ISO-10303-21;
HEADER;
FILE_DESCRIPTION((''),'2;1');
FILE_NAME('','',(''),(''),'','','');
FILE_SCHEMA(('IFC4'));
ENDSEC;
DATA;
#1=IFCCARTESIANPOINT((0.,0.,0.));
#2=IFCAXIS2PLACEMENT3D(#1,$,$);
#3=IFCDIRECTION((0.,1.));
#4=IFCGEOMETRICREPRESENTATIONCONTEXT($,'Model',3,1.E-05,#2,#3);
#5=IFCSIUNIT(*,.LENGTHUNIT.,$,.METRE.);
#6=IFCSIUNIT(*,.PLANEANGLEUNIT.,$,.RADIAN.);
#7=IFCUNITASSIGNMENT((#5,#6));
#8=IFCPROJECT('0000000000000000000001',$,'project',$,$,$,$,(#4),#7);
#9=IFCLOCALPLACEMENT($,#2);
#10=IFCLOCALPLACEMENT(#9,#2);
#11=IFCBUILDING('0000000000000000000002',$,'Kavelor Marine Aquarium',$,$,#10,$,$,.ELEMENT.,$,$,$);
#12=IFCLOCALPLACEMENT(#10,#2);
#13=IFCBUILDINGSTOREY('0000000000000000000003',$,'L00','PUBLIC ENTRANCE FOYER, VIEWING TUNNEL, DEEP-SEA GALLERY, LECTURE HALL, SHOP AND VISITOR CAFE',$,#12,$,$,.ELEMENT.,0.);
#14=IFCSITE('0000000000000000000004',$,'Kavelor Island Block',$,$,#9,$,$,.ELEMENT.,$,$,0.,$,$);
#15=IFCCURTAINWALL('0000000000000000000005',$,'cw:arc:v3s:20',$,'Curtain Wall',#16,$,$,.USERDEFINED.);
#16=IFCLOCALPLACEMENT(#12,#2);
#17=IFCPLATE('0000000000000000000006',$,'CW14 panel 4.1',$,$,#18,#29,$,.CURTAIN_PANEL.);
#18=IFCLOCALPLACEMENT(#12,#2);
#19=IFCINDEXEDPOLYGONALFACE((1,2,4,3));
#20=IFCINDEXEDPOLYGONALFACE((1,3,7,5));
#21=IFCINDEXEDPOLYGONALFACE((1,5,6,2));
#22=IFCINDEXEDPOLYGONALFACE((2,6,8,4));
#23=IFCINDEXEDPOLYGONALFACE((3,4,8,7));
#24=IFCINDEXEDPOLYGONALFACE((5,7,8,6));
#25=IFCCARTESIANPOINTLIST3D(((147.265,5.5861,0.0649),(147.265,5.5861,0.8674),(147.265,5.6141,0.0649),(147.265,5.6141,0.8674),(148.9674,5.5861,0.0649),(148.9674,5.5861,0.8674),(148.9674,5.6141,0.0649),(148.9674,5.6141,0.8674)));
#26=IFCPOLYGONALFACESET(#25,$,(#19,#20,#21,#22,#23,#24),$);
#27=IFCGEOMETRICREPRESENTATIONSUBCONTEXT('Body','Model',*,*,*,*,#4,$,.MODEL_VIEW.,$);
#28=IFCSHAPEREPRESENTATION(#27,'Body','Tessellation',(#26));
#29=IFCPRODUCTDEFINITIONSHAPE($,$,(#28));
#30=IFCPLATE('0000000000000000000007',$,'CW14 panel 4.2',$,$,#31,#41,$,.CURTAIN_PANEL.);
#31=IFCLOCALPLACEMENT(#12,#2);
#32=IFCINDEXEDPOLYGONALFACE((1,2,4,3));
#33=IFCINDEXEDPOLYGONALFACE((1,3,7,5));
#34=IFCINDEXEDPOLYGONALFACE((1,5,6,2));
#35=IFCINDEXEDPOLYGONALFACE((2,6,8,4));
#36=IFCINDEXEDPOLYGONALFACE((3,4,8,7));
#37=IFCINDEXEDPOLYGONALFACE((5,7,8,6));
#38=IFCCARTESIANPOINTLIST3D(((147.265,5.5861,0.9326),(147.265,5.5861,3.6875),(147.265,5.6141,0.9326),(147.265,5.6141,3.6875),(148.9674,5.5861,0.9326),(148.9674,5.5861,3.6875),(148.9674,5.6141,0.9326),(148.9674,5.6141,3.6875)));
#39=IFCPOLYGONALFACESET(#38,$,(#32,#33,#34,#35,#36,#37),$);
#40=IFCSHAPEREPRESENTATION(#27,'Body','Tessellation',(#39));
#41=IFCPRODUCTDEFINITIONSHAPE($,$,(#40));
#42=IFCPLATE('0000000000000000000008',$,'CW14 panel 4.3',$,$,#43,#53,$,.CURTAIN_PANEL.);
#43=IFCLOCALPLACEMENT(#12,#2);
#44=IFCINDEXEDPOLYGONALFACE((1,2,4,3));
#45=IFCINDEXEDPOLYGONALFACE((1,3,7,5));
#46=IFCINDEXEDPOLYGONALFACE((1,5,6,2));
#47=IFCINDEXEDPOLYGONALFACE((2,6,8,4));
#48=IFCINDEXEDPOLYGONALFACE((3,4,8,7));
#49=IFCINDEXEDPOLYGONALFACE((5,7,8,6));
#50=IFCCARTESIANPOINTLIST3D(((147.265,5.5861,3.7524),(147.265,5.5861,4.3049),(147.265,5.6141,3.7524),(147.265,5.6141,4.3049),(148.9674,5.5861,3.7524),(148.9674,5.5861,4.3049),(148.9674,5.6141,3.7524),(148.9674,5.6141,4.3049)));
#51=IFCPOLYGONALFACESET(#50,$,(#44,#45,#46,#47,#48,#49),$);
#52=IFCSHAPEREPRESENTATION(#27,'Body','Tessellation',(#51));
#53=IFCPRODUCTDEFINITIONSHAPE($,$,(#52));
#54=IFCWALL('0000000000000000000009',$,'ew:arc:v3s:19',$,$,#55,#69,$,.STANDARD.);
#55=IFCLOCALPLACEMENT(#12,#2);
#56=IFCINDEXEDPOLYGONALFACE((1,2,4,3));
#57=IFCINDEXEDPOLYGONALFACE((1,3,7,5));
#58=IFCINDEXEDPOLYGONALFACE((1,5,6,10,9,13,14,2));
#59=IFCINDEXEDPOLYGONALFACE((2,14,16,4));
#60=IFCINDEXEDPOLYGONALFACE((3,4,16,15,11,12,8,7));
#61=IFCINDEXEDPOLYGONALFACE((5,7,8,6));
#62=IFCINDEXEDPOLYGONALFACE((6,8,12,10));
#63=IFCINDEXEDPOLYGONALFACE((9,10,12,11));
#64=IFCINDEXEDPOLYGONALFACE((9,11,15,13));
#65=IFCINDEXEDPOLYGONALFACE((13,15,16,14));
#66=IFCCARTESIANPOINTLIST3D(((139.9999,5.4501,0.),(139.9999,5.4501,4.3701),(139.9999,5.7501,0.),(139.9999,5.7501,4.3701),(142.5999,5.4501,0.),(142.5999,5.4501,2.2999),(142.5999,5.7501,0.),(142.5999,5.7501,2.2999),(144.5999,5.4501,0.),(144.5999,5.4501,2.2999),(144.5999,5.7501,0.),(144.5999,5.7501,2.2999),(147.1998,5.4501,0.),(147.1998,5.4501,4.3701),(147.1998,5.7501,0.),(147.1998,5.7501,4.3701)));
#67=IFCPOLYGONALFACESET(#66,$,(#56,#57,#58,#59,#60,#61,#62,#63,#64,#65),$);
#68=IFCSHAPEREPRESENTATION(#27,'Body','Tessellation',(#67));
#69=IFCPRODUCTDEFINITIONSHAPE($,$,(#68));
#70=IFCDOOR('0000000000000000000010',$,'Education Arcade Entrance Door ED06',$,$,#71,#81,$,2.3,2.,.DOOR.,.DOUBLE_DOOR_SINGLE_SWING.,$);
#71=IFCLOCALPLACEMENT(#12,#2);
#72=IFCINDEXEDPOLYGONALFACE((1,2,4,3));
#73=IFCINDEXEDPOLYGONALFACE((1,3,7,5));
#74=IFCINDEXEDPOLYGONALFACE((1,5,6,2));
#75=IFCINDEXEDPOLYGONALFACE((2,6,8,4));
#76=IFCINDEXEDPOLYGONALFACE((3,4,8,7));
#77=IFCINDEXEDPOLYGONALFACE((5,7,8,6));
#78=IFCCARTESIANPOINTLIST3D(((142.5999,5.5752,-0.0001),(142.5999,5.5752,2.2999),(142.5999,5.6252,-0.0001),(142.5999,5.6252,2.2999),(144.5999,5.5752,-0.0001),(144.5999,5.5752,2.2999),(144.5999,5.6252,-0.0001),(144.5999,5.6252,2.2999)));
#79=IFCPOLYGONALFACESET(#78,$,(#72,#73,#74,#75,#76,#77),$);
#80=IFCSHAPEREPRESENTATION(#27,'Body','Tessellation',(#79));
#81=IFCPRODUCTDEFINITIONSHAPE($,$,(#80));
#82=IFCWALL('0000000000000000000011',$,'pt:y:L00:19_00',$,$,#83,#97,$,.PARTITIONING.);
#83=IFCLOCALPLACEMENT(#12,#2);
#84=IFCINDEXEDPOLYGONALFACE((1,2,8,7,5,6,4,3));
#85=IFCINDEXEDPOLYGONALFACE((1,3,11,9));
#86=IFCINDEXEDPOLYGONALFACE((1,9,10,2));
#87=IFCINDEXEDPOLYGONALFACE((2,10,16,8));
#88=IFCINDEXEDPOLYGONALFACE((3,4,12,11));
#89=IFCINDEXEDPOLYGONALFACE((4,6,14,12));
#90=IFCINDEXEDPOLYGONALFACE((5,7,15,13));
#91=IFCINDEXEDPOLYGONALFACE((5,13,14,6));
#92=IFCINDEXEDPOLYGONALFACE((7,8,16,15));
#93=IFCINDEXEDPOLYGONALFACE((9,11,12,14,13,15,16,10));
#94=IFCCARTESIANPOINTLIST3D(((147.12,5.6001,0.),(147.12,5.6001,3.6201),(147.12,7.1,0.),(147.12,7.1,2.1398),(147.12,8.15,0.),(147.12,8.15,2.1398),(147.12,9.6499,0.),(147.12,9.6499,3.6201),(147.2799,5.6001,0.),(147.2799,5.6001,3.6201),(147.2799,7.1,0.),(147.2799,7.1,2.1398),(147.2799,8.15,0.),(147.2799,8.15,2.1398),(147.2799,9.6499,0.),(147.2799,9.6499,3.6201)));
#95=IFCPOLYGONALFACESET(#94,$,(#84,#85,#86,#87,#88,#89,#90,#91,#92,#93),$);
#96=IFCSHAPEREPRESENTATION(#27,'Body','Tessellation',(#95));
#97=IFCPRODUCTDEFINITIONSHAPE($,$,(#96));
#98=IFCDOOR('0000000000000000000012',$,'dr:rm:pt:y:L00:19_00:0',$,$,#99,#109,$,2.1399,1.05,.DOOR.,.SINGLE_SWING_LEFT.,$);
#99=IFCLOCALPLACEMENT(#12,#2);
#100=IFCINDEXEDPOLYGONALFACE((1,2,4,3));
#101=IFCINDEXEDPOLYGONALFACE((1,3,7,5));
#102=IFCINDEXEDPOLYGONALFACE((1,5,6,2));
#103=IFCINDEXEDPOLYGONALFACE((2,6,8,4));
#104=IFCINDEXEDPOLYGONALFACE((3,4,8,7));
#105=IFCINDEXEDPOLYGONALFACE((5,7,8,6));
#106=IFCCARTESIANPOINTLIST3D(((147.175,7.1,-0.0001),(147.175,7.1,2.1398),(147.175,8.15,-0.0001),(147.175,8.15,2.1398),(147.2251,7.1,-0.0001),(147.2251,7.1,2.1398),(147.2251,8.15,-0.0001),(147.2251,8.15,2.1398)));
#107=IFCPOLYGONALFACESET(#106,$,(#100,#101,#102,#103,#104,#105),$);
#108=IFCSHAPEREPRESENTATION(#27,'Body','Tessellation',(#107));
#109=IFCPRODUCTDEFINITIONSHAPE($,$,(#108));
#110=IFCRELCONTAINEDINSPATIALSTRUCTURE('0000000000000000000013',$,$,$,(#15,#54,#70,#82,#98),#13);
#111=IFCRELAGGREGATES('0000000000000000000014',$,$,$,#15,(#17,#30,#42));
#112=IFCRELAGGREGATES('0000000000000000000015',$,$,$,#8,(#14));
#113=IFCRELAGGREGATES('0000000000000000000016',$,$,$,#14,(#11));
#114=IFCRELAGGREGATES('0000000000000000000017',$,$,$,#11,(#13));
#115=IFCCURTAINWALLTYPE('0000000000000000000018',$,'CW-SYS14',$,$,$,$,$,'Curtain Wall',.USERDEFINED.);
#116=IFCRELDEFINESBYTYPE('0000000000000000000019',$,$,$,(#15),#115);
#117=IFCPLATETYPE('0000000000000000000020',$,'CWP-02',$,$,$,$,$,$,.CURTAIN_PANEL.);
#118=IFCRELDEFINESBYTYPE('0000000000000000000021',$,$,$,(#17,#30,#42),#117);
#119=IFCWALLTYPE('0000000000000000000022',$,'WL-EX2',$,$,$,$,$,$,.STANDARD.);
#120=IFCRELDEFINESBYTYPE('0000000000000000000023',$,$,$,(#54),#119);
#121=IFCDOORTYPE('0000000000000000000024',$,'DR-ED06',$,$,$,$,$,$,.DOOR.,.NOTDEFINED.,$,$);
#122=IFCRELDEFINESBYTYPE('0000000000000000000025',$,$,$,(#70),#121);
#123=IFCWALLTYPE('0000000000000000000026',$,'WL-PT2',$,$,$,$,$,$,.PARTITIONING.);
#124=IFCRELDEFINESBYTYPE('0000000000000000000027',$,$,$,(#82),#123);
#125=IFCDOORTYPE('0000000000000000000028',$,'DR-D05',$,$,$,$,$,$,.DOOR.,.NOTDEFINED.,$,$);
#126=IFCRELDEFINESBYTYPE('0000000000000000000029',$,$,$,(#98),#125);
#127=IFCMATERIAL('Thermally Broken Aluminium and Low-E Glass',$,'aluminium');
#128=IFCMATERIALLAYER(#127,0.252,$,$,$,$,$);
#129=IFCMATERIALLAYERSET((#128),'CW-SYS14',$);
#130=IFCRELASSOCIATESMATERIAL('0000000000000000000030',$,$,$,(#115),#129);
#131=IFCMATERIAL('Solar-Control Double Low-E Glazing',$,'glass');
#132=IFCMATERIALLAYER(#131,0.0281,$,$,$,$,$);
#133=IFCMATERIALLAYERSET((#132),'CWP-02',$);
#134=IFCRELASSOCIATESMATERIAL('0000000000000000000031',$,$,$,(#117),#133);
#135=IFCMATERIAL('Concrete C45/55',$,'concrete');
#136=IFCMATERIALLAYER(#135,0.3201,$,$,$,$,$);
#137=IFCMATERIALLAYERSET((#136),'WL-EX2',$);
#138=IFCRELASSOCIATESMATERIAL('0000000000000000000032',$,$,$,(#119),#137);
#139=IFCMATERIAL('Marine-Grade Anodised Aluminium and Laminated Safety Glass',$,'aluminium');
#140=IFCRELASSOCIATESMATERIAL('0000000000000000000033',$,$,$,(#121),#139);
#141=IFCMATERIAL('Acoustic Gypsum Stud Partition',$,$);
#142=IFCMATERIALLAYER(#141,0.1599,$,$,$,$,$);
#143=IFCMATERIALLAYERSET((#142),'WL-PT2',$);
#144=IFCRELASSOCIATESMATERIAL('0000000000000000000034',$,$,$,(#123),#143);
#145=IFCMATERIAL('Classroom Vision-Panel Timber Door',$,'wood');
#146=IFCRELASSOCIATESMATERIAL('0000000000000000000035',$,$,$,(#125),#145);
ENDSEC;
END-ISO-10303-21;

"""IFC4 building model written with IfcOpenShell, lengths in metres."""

from ifc_helpers import new_model, si_unit, direction, frame, frame_2d, origin, origin_2d, place, context, subcontext, project, spatial, rectangle, extrude, material, layer, layer_set, type_object, element, fill, aggregate, save


model = new_model("IFC4")

# Units and contexts
model_context = context("Model", 3, precision=1e-05, world=origin(), true_north=direction((0.0, 1.0)))
body_context = subcontext(model_context, "Body", "Model", "MODEL_VIEW")
ifc_project = project(units=[si_unit("LENGTHUNIT", "METRE"), si_unit("PLANEANGLEUNIT", "RADIAN")], contexts=[model_context])

# Site, building, storey
site_placement = place(None, origin())
site = spatial("IfcSite", under=ifc_project, at=site_placement, Name="Kavelor Island Block", CompositionType="ELEMENT", RefElevation=0.0)
building_placement = place(site_placement, origin())
building = spatial("IfcBuilding", under=site, at=building_placement, Name="Kavelor Marine Aquarium", CompositionType="ELEMENT")
storey_placement = place(building_placement, origin())
storey = spatial("IfcBuildingStorey", under=building, at=storey_placement, Name="L00", Description="PUBLIC ENTRANCE FOYER, VIEWING TUNNEL, DEEP-SEA GALLERY, LECTURE HALL, SHOP AND VISITOR CAFE", CompositionType="ELEMENT", Elevation=0.0)

# Curtain wall, plates
ifc_material_1 = material(Name="Thermally Broken Aluminium and Low-E Glass", Category="aluminium")
ifc_layer_1 = layer(ifc_material_1, 0.252)
ifc_layer_set_1 = layer_set([ifc_layer_1], Name="CW-SYS14")
curtain_wall_type = type_object("IfcCurtainWallType", Name="CW-SYS14", ElementType="Curtain Wall", PredefinedType="USERDEFINED", material=ifc_layer_set_1)
curtain_wall_placement = place(storey_placement, origin())
curtain_wall = element("IfcCurtainWall", 1, at=curtain_wall_placement, inside=storey, type_object=curtain_wall_type, Name="cw:arc:v3s:20", ObjectType="Curtain Wall", PredefinedType="USERDEFINED")
ifc_material_2 = material(Name="Solar-Control Double Low-E Glazing", Category="glass")
ifc_layer_2 = layer(ifc_material_2, 0.0281)
ifc_layer_set_2 = layer_set([ifc_layer_2], Name="CWP-02")
plate_type = type_object("IfcPlateType", Name="CWP-02", PredefinedType="CURTAIN_PANEL", material=ifc_layer_set_2)
plate_1_placement = place(storey_placement, frame((148.1162, 5.6001, 0.0649), z_axis=(0.0, 0.0, 1.0), x_axis=(-1.0, 0.0, 0.0)))
plate_1 = element("IfcPlate", 2, at=plate_1_placement, type_object=plate_type, Name="CW14 panel 4.1", PredefinedType="CURTAIN_PANEL", context=body_context, shape_type="SweptSolid", body=[
    extrude(rectangle(XDim=1.7024, YDim=0.0281, at=origin_2d()), origin(), (0.0, 0.0, 1.0), 0.8025),
])
plate_2_placement = place(storey_placement, frame((148.1162, 5.6001, 0.9326), z_axis=(0.0, 0.0, 1.0), x_axis=(-1.0, 0.0, 0.0)))
plate_2 = element("IfcPlate", 3, at=plate_2_placement, type_object=plate_type, Name="CW14 panel 4.2", PredefinedType="CURTAIN_PANEL", context=body_context, shape_type="SweptSolid", body=[
    extrude(rectangle(XDim=1.7024, YDim=0.0281, at=origin_2d()), origin(), (0.0, 0.0, 1.0), 2.7549),
])
plate_3_placement = place(storey_placement, frame((148.1162, 5.6001, 3.7524), z_axis=(0.0, 0.0, 1.0), x_axis=(-1.0, 0.0, 0.0)))
plate_3 = element("IfcPlate", 4, at=plate_3_placement, type_object=plate_type, Name="CW14 panel 4.3", PredefinedType="CURTAIN_PANEL", context=body_context, shape_type="SweptSolid", body=[
    extrude(rectangle(XDim=1.7024, YDim=0.0281, at=origin_2d()), origin(), (0.0, 0.0, 1.0), 0.5525),
])
aggregate(curtain_wall, [plate_1, plate_2, plate_3])

# Walls, openings, doors
ifc_material_3 = material(Name="Concrete C45/55", Category="concrete")
ifc_layer_3 = layer(ifc_material_3, 0.3201)
ifc_layer_set_3 = layer_set([ifc_layer_3], Name="WL-EX2")
wall_type_1 = type_object("IfcWallType", Name="WL-EX2", PredefinedType="STANDARD", material=ifc_layer_set_3)
wall_1_placement = place(storey_placement, frame((147.2, 5.6001, 0.0), z_axis=(0.0, 0.0, 1.0), x_axis=(-1.0, 0.0, 0.0)))
wall_1 = element("IfcWall", 5, at=wall_1_placement, inside=storey, type_object=wall_type_1, Name="ew:arc:v3s:19", PredefinedType="STANDARD", context=body_context, shape_type="SweptSolid", body=[
    extrude(rectangle(XDim=7.2, YDim=0.3, at=frame_2d((3.6001, 0.0))), origin(), (0.0, 0.0, 1.0), 4.3701),
])
opening_1_placement = place(wall_1_placement, frame((2.6001, 0.0, 0.0)))
opening_1 = element("IfcOpeningElement", 6, at=opening_1_placement, cuts=wall_1, PredefinedType="OPENING", context=body_context, shape_type="SweptSolid", body=[
    extrude(rectangle(XDim=2.0, YDim=2.3, at=frame_2d((1.0, 1.1499))), frame((0.0, 0.1599, 0.0), z_axis=(0.0, -1.0, 0.0), x_axis=(1.0, 0.0, 0.0)), (0.0, 0.0, 1.0), 0.32),
])
ifc_material_4 = material(Name="Marine-Grade Anodised Aluminium and Laminated Safety Glass", Category="aluminium")
door_type_1 = type_object("IfcDoorType", Name="DR-ED06", OperationType="NOTDEFINED", PredefinedType="DOOR", material=ifc_material_4)
door_1_placement = place(opening_1_placement, origin())
door_1 = element("IfcDoor", 7, at=door_1_placement, inside=storey, type_object=door_type_1, Name="Education Arcade Entrance Door ED06", OperationType="DOUBLE_DOOR_SINGLE_SWING", OverallHeight=2.3, OverallWidth=2.0, PredefinedType="DOOR", context=body_context, shape_type="SweptSolid", body=[
    extrude(rectangle(XDim=2.0, YDim=2.3, at=frame_2d((1.0, 1.1499))), frame((0.0, 0.0249, 0.0), z_axis=(0.0, -1.0, 0.0), x_axis=(1.0, 0.0, 0.0)), (0.0, 0.0, 1.0), 0.05),
])
fill(opening_1, door_1)
ifc_material_5 = material(Name="Acoustic Gypsum Stud Partition")
ifc_layer_4 = layer(ifc_material_5, 0.1599)
ifc_layer_set_4 = layer_set([ifc_layer_4], Name="WL-PT2")
wall_type_2 = type_object("IfcWallType", Name="WL-PT2", PredefinedType="PARTITIONING", material=ifc_layer_set_4)
wall_2_placement = place(storey_placement, frame((147.2, 5.6001, 0.0), z_axis=(0.0, 0.0, 1.0), x_axis=(0.0, 1.0, 0.0)))
wall_2 = element("IfcWall", 8, at=wall_2_placement, inside=storey, type_object=wall_type_2, Name="pt:y:L00:19_00", PredefinedType="PARTITIONING", context=body_context, shape_type="SweptSolid", body=[
    extrude(rectangle(XDim=4.0498, YDim=0.1599, at=frame_2d((2.0249, 0.0))), origin(), (0.0, 0.0, 1.0), 3.6201),
])
opening_2_placement = place(wall_2_placement, frame((1.5, 0.0, 0.0)))
opening_2 = element("IfcOpeningElement", 9, at=opening_2_placement, cuts=wall_2, PredefinedType="OPENING", context=body_context, shape_type="SweptSolid", body=[
    extrude(rectangle(XDim=1.05, YDim=2.1399, at=frame_2d((0.5249, 1.0698))), frame((0.0, 0.0898, 0.0), z_axis=(0.0, -1.0, 0.0), x_axis=(1.0, 0.0, 0.0)), (0.0, 0.0, 1.0), 0.1799),
])
ifc_material_6 = material(Name="Classroom Vision-Panel Timber Door", Category="wood")
door_type_2 = type_object("IfcDoorType", Name="DR-D05", OperationType="NOTDEFINED", PredefinedType="DOOR", material=ifc_material_6)
door_2_placement = place(opening_2_placement, origin())
door_2 = element("IfcDoor", 10, at=door_2_placement, inside=storey, type_object=door_type_2, Name="dr:rm:pt:y:L00:19_00:0", OperationType="SINGLE_SWING_LEFT", OverallHeight=2.1399, OverallWidth=1.05, PredefinedType="DOOR", context=body_context, shape_type="SweptSolid", body=[
    extrude(rectangle(XDim=1.05, YDim=2.1399, at=frame_2d((0.5249, 1.0698))), frame((0.0, 0.0249, 0.0), z_axis=(0.0, -1.0, 0.0), x_axis=(1.0, 0.0, 0.0)), (0.0, 0.0, 1.0), 0.05),
])
fill(opening_2, door_2)

save(model, "model.ifc")
